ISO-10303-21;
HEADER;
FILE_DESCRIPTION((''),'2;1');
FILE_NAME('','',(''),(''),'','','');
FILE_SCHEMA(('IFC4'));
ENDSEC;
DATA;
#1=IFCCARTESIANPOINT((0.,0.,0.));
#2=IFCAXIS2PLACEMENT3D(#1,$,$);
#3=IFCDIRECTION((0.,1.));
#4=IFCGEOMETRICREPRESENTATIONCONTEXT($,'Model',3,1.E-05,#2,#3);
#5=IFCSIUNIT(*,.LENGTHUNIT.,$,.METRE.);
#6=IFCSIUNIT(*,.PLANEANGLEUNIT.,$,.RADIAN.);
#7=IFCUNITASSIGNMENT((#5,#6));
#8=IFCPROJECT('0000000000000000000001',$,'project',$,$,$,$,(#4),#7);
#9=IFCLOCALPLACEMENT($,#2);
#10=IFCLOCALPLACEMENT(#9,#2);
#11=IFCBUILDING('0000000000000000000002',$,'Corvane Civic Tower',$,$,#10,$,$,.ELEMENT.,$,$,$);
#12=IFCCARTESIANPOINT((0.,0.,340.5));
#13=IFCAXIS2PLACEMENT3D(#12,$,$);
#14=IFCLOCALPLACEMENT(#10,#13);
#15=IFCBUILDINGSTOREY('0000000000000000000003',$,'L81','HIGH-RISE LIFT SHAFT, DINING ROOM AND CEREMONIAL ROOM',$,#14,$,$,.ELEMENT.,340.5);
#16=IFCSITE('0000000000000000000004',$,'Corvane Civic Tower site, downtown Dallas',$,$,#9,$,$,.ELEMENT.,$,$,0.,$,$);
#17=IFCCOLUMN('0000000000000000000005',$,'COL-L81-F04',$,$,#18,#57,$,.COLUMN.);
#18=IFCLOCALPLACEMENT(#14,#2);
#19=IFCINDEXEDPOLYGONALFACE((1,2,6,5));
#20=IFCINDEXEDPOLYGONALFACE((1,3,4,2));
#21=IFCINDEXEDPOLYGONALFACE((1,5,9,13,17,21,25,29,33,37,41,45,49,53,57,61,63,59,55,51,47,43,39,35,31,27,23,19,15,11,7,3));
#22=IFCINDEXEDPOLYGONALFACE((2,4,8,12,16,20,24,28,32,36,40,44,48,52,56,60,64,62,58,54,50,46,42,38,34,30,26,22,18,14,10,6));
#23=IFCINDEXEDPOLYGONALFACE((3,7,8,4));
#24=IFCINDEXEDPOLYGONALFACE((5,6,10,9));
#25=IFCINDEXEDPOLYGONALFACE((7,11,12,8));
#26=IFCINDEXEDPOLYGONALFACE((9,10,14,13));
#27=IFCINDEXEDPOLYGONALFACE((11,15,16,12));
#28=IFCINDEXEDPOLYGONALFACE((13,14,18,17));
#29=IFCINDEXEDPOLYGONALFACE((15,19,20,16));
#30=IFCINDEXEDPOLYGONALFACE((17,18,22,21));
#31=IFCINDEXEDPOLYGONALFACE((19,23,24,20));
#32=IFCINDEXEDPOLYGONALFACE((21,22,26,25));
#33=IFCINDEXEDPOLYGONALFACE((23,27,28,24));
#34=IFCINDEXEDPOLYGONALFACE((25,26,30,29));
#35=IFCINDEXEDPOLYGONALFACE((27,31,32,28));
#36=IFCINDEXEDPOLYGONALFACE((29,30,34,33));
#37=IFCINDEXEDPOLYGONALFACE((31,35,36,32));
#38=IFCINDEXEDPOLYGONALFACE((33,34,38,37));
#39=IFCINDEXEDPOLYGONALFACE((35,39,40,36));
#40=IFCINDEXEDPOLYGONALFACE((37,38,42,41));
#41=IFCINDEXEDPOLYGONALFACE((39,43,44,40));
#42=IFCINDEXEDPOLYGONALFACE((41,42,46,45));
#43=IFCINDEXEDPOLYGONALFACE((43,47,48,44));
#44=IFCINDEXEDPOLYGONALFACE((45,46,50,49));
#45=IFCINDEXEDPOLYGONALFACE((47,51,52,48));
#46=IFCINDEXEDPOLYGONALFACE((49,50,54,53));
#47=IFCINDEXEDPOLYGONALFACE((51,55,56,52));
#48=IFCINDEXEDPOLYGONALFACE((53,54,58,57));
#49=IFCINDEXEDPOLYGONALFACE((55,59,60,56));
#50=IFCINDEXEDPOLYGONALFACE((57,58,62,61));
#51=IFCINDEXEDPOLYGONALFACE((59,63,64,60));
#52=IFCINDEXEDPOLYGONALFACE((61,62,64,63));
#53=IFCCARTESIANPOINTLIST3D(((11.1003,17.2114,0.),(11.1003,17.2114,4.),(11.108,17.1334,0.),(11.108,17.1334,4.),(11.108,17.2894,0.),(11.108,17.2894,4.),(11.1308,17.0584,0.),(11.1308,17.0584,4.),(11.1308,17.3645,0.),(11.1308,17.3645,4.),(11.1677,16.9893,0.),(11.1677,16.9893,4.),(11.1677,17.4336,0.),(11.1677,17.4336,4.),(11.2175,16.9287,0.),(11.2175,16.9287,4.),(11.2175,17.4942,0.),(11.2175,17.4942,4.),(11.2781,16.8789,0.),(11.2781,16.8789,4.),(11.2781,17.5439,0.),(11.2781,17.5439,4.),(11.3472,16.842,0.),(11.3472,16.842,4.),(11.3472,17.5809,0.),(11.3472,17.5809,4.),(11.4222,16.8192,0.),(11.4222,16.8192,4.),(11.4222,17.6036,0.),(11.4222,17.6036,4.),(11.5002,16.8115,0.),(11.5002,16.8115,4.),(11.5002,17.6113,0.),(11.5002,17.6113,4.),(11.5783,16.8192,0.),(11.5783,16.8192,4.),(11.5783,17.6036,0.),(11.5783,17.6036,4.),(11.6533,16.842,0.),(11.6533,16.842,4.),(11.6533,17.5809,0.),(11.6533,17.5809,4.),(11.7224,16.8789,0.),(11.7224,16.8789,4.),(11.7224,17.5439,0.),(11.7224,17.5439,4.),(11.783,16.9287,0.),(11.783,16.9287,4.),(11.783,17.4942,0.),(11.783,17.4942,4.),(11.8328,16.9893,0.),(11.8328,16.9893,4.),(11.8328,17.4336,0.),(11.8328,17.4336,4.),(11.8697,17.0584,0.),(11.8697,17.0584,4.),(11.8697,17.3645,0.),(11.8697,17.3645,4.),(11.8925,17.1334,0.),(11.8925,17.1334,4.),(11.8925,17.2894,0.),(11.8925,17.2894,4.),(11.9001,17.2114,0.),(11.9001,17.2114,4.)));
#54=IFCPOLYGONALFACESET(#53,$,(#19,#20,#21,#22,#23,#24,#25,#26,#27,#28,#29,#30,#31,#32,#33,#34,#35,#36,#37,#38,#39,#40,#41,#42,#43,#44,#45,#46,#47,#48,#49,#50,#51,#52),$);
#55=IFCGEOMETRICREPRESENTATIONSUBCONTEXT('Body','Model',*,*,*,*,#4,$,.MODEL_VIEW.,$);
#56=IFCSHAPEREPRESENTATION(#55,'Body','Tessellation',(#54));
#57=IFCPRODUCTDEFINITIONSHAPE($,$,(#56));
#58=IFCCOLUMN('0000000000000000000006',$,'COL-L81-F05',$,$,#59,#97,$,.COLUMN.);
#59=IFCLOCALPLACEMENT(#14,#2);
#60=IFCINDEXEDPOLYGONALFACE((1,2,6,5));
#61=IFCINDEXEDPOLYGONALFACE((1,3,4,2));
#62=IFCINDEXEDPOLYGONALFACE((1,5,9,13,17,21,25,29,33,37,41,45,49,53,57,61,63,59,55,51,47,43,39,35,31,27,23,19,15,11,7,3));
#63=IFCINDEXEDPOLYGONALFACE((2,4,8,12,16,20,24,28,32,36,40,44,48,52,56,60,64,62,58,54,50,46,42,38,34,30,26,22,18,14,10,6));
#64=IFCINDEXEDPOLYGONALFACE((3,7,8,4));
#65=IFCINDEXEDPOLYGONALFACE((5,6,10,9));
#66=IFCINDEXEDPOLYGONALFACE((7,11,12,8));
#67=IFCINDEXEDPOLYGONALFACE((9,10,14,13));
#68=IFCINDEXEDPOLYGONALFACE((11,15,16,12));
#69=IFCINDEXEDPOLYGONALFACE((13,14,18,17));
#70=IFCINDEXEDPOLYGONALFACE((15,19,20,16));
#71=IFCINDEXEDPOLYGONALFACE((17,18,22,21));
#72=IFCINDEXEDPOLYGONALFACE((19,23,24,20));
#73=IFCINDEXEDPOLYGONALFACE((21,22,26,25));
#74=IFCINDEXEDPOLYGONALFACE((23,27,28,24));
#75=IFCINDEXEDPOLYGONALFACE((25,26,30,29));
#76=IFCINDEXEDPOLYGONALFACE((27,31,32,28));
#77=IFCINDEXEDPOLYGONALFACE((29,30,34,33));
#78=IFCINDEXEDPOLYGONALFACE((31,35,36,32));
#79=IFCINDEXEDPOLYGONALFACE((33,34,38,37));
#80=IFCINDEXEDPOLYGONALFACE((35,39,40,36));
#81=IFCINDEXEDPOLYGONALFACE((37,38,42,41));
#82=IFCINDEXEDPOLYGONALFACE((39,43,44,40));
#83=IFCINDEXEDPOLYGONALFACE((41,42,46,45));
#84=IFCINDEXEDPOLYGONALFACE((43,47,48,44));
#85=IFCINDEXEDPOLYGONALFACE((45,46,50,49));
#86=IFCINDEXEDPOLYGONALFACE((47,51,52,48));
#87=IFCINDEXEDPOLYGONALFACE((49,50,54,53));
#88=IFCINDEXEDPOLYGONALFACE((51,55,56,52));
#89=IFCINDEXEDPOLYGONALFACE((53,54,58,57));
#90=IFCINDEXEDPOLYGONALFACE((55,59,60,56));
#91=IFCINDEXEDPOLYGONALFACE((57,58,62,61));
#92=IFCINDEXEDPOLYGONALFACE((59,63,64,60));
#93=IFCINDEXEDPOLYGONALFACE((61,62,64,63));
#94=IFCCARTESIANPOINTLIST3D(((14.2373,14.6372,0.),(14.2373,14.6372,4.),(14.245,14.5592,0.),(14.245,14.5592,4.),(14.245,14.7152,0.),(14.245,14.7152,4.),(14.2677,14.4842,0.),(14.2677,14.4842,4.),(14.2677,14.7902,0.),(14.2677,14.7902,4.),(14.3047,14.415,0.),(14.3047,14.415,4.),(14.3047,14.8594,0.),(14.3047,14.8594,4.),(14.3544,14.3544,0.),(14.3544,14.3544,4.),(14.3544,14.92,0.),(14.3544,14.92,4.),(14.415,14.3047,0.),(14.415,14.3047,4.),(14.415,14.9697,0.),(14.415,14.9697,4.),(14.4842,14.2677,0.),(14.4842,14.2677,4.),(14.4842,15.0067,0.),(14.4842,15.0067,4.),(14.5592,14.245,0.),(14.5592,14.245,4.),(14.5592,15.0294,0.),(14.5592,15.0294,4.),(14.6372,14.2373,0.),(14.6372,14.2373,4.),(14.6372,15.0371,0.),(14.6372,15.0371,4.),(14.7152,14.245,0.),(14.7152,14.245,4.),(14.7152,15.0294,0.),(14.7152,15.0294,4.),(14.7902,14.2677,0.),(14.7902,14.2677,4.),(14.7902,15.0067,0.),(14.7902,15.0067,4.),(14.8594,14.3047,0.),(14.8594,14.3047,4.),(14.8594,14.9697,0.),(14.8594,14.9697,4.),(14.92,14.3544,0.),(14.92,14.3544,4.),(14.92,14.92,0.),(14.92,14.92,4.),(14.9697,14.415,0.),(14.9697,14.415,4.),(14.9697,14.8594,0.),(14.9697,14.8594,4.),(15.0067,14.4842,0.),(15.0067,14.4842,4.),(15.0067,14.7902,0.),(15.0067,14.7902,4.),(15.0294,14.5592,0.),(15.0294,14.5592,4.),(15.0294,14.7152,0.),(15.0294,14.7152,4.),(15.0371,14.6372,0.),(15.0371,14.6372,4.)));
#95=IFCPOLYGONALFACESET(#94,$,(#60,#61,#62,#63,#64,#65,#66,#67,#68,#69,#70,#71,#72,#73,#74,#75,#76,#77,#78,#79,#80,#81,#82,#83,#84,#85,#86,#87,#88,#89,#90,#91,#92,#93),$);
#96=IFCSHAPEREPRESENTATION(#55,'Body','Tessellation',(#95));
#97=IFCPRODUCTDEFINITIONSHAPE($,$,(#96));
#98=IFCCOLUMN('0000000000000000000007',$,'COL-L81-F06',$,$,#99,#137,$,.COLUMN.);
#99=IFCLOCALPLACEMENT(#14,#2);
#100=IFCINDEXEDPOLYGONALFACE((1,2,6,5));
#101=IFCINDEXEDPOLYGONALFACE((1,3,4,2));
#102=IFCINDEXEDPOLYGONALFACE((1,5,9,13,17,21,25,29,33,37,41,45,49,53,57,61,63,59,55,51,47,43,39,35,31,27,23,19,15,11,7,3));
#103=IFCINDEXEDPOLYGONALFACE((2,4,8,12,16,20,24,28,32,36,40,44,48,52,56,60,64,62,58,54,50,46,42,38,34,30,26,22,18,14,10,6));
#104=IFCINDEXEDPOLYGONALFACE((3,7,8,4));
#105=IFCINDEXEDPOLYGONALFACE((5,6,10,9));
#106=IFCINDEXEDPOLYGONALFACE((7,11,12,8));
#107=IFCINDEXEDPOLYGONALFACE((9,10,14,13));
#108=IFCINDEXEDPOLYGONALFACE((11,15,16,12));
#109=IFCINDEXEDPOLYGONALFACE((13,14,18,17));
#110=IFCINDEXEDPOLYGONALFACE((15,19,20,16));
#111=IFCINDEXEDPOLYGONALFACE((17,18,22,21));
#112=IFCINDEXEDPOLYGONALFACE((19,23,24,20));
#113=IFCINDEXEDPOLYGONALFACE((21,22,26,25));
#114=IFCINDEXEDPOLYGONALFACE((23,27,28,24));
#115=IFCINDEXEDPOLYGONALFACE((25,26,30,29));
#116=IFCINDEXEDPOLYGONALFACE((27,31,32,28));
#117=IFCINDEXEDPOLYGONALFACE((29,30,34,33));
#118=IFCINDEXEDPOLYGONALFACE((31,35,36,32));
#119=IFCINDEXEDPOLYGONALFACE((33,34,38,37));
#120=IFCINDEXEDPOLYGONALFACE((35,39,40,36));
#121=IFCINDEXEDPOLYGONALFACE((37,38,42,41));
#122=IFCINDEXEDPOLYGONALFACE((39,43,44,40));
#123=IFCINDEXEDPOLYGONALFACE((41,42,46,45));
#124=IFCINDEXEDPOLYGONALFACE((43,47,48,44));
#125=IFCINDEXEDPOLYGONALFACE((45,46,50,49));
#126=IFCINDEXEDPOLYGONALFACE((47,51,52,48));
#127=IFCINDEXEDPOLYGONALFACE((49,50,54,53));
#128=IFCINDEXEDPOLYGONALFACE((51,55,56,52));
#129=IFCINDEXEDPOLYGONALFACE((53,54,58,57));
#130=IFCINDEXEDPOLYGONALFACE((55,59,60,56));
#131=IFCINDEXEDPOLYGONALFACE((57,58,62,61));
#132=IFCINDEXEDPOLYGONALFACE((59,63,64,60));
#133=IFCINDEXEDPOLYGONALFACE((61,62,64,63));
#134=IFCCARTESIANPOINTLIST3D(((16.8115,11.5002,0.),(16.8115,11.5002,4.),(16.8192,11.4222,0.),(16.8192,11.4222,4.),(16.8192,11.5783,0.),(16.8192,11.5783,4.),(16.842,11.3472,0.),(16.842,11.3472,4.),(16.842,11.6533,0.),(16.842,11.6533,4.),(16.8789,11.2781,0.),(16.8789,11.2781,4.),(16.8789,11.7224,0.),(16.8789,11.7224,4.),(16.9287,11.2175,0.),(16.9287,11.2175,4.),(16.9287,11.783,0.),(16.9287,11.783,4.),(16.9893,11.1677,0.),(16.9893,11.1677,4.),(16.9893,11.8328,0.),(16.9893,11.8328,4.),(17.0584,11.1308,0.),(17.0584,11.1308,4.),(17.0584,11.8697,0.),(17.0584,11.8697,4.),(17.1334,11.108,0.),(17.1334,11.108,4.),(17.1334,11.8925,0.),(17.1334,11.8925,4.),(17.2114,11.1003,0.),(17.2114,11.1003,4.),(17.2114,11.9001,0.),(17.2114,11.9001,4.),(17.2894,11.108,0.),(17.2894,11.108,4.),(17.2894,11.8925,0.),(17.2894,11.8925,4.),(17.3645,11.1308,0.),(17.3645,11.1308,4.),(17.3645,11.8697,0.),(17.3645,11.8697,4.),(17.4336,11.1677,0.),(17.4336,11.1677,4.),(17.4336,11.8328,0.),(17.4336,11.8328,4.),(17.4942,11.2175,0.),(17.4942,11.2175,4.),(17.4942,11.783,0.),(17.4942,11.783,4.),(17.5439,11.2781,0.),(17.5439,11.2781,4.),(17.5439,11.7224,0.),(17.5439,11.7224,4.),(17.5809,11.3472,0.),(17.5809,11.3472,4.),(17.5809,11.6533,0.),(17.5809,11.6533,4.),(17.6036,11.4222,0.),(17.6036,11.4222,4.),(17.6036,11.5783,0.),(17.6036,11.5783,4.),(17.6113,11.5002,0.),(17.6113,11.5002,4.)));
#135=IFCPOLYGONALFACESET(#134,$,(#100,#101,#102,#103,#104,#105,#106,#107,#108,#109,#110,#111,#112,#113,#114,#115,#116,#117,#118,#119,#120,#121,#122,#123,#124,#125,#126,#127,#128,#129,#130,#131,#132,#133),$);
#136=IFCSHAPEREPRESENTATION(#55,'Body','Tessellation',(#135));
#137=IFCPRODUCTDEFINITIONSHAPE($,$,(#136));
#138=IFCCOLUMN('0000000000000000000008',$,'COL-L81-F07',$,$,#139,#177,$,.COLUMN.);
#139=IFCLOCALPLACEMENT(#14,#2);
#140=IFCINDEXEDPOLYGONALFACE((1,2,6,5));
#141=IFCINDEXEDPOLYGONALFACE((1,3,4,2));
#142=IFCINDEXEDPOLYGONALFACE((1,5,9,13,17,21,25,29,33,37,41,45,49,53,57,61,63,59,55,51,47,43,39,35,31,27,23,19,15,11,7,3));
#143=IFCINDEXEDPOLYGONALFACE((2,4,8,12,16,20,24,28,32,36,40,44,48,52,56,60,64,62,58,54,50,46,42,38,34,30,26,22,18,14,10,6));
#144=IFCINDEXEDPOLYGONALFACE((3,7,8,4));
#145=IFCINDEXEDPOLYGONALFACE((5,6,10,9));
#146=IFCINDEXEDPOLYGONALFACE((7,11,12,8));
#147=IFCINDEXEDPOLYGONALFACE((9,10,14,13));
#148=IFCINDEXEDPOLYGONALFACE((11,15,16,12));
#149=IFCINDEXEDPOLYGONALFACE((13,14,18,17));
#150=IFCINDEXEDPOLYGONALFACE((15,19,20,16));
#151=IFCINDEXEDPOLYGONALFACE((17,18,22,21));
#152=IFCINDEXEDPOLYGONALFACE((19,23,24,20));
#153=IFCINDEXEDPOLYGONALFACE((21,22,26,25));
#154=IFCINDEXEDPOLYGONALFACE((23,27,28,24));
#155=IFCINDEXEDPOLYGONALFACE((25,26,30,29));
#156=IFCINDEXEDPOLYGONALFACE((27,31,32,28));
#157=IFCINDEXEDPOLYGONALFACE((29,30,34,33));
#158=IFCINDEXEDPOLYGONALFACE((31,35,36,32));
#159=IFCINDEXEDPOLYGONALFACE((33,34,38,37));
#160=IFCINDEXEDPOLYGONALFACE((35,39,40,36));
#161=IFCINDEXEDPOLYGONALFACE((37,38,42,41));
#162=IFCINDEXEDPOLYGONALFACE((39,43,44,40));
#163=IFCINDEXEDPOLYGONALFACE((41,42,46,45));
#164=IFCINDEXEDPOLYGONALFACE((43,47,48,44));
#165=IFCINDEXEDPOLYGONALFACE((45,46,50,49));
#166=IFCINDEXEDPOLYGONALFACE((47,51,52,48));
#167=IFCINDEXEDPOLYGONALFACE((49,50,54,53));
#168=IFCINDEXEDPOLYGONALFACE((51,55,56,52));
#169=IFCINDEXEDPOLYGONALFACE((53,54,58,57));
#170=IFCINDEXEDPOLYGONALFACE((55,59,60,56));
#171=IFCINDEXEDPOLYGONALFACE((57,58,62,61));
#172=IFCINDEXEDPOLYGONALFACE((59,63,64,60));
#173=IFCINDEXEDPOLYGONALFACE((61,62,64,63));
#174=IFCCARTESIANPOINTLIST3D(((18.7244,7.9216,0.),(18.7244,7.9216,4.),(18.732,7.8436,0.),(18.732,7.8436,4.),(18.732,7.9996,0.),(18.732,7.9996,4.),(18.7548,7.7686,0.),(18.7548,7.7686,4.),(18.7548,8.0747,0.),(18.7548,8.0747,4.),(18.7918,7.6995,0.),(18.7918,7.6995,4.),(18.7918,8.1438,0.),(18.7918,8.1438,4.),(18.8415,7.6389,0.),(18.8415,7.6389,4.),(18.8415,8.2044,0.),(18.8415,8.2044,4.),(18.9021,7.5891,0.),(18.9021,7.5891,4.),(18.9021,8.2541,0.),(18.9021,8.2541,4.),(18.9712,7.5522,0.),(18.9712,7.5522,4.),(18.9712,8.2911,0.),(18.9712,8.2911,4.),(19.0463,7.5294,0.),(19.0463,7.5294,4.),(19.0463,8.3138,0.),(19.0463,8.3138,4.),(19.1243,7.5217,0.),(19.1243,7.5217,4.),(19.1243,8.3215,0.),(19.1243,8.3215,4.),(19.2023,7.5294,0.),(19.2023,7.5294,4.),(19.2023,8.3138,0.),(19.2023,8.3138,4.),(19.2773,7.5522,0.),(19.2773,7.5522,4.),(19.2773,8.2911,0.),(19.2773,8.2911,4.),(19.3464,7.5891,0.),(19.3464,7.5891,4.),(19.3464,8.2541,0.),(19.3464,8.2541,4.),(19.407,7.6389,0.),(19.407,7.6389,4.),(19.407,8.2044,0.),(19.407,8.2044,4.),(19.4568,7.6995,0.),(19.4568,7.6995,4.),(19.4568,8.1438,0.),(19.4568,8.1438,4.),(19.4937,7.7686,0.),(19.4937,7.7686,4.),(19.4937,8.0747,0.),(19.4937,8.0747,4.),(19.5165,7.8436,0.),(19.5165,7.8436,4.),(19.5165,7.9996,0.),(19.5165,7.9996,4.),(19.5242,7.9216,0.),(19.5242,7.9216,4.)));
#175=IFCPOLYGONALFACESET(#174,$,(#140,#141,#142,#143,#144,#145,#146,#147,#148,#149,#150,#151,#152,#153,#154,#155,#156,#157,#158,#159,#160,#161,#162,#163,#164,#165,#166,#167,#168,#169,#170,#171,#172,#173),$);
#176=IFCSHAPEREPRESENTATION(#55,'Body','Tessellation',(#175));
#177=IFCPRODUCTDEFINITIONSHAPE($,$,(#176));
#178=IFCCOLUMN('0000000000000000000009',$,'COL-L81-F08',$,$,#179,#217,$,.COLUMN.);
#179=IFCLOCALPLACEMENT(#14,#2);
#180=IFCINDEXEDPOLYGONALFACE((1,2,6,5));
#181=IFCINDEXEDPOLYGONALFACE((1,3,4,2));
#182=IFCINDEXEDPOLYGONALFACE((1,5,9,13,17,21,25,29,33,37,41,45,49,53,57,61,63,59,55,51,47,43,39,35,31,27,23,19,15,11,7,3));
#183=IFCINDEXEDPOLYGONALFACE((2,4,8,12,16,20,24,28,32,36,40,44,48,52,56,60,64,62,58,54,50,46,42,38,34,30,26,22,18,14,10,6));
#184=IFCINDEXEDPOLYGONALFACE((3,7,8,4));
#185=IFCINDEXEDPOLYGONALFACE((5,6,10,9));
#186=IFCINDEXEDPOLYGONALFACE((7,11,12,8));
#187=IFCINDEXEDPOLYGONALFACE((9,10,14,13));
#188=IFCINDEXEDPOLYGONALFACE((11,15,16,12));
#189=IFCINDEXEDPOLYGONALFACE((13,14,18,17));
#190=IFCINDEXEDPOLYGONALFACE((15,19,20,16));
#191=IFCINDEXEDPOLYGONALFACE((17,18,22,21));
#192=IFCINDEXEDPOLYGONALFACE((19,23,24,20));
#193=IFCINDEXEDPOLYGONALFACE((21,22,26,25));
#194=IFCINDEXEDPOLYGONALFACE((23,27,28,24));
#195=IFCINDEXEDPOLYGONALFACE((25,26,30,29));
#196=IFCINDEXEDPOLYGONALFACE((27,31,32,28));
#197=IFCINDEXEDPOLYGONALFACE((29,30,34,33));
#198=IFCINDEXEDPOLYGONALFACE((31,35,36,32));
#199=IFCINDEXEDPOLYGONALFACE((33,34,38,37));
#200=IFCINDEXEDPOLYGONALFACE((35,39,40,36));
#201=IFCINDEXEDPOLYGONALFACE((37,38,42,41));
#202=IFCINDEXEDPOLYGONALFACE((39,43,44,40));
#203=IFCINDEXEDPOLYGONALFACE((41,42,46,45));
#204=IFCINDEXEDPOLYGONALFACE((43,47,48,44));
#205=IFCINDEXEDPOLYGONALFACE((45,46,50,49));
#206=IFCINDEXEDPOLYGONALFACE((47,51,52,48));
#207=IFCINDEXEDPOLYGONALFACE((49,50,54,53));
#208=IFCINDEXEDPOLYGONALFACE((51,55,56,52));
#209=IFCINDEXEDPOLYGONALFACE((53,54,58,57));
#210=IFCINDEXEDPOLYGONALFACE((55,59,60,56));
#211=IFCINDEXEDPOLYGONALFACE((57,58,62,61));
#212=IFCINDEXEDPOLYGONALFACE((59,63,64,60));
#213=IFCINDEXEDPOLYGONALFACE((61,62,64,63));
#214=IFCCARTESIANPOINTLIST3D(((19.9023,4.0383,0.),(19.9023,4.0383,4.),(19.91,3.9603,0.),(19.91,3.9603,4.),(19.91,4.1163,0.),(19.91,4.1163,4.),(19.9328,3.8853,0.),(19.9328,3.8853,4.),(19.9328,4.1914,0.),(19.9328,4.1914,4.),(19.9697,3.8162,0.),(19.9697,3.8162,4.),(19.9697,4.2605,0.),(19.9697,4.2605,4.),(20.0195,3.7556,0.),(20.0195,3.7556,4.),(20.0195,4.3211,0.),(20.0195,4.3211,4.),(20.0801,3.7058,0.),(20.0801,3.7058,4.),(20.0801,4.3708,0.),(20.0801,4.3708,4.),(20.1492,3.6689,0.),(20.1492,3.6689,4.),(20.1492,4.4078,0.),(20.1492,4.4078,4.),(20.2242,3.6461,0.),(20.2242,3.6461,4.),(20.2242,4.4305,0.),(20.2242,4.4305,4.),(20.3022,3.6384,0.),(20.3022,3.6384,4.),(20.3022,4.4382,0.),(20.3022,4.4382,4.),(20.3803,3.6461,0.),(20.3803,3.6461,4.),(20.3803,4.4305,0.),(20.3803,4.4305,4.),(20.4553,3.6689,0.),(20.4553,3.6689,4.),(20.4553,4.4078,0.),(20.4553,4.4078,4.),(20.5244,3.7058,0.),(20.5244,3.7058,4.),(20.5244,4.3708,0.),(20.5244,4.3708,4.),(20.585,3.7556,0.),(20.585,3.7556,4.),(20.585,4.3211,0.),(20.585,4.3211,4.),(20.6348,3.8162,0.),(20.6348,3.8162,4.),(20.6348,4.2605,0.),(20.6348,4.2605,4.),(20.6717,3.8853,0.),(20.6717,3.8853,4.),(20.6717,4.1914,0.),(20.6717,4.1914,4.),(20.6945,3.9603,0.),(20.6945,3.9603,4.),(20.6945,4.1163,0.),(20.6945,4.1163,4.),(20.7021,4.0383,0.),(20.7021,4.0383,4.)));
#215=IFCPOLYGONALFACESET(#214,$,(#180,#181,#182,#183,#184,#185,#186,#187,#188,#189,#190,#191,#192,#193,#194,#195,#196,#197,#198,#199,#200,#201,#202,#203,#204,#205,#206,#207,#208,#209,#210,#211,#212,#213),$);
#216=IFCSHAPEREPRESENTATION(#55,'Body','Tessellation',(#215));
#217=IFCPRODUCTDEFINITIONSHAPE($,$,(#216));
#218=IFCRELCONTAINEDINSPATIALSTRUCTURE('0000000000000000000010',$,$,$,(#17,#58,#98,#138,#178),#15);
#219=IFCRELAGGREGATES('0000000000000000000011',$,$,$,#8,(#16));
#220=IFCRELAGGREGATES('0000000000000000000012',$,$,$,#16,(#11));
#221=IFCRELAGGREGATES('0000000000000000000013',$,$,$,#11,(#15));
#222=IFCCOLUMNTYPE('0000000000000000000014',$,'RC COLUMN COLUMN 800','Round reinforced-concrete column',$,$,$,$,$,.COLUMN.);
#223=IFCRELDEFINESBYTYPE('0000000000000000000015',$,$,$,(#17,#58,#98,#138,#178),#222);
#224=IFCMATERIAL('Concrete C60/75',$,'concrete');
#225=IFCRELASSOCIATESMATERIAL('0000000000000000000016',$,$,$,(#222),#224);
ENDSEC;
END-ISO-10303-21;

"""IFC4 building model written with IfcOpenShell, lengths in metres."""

from ifc_helpers import new_model, si_unit, direction, frame, origin, origin_2d, place, context, subcontext, project, spatial, circle, extrude, material, material_profile, profile_set, type_object, element, save


model = new_model("IFC4")

# Units and contexts
model_context = context("Model", 3, precision=1e-05, world=origin(), true_north=direction((0.0, 1.0)))
body_context = subcontext(model_context, "Body", "Model", "MODEL_VIEW")
ifc_project = project(units=[si_unit("LENGTHUNIT", "METRE"), si_unit("PLANEANGLEUNIT", "RADIAN")], contexts=[model_context])

# Site, building, storey
site_placement = place(None, origin())
site = spatial("IfcSite", under=ifc_project, at=site_placement, Name="Corvane Civic Tower site, downtown Dallas", CompositionType="ELEMENT", RefElevation=0.0)
building_placement = place(site_placement, origin())
building = spatial("IfcBuilding", under=site, at=building_placement, Name="Corvane Civic Tower", CompositionType="ELEMENT")
storey_placement = place(building_placement, frame((0.0, 0.0, 340.5)))
storey = spatial("IfcBuildingStorey", under=building, at=storey_placement, Name="L81", Description="HIGH-RISE LIFT SHAFT, DINING ROOM AND CEREMONIAL ROOM", CompositionType="ELEMENT", Elevation=340.5)

# Columns
ifc_material_1 = material(Name="Concrete C60/75", Category="concrete")
ifc_material_profile_1 = material_profile(ifc_material_1, circle(Radius=0.3999, at=origin_2d()), Name="COLUMN 800")
ifc_profile_set_1 = profile_set([ifc_material_profile_1], Name="Concrete C60/75")
column_type = type_object("IfcColumnType", Name="RC COLUMN COLUMN 800", Description="Round reinforced-concrete column", PredefinedType="COLUMN", material=ifc_profile_set_1)
for number, where, z_axis, x_axis, name in (
    (1, (11.5002, 17.2114, 0.0), (0.0, 0.0, 1.0), (1.0, 0.0, 0.0), "COL-L81-F04"),
    (2, (14.6372, 14.6372, 0.0), (0.0, 0.0, 1.0), (1.0, 0.0, 0.0), "COL-L81-F05"),
    (3, (17.2114, 11.5002, 0.0), (0.0, 0.0, 1.0), (1.0, 0.0, 0.0), "COL-L81-F06"),
    (4, (19.1243, 7.9216, 0.0), (0.0, 0.0, 1.0), (1.0, 0.0, 0.0), "COL-L81-F07"),
    (5, (20.3022, 4.0383, 0.0), (0.0, 0.0, 1.0), (1.0, 0.0, 0.0), "COL-L81-F08"),
):
    element("IfcColumn", number, at=place(storey_placement, frame(where, z_axis=z_axis, x_axis=x_axis)), inside=storey, type_object=column_type, Name=name, PredefinedType="COLUMN", context=body_context, shape_type="SweptSolid", body=[
        extrude(circle(Radius=0.3999, at=origin_2d()), origin(), (0.0, 0.0, 1.0), 4.0),
    ])

save(model, "model.ifc")
